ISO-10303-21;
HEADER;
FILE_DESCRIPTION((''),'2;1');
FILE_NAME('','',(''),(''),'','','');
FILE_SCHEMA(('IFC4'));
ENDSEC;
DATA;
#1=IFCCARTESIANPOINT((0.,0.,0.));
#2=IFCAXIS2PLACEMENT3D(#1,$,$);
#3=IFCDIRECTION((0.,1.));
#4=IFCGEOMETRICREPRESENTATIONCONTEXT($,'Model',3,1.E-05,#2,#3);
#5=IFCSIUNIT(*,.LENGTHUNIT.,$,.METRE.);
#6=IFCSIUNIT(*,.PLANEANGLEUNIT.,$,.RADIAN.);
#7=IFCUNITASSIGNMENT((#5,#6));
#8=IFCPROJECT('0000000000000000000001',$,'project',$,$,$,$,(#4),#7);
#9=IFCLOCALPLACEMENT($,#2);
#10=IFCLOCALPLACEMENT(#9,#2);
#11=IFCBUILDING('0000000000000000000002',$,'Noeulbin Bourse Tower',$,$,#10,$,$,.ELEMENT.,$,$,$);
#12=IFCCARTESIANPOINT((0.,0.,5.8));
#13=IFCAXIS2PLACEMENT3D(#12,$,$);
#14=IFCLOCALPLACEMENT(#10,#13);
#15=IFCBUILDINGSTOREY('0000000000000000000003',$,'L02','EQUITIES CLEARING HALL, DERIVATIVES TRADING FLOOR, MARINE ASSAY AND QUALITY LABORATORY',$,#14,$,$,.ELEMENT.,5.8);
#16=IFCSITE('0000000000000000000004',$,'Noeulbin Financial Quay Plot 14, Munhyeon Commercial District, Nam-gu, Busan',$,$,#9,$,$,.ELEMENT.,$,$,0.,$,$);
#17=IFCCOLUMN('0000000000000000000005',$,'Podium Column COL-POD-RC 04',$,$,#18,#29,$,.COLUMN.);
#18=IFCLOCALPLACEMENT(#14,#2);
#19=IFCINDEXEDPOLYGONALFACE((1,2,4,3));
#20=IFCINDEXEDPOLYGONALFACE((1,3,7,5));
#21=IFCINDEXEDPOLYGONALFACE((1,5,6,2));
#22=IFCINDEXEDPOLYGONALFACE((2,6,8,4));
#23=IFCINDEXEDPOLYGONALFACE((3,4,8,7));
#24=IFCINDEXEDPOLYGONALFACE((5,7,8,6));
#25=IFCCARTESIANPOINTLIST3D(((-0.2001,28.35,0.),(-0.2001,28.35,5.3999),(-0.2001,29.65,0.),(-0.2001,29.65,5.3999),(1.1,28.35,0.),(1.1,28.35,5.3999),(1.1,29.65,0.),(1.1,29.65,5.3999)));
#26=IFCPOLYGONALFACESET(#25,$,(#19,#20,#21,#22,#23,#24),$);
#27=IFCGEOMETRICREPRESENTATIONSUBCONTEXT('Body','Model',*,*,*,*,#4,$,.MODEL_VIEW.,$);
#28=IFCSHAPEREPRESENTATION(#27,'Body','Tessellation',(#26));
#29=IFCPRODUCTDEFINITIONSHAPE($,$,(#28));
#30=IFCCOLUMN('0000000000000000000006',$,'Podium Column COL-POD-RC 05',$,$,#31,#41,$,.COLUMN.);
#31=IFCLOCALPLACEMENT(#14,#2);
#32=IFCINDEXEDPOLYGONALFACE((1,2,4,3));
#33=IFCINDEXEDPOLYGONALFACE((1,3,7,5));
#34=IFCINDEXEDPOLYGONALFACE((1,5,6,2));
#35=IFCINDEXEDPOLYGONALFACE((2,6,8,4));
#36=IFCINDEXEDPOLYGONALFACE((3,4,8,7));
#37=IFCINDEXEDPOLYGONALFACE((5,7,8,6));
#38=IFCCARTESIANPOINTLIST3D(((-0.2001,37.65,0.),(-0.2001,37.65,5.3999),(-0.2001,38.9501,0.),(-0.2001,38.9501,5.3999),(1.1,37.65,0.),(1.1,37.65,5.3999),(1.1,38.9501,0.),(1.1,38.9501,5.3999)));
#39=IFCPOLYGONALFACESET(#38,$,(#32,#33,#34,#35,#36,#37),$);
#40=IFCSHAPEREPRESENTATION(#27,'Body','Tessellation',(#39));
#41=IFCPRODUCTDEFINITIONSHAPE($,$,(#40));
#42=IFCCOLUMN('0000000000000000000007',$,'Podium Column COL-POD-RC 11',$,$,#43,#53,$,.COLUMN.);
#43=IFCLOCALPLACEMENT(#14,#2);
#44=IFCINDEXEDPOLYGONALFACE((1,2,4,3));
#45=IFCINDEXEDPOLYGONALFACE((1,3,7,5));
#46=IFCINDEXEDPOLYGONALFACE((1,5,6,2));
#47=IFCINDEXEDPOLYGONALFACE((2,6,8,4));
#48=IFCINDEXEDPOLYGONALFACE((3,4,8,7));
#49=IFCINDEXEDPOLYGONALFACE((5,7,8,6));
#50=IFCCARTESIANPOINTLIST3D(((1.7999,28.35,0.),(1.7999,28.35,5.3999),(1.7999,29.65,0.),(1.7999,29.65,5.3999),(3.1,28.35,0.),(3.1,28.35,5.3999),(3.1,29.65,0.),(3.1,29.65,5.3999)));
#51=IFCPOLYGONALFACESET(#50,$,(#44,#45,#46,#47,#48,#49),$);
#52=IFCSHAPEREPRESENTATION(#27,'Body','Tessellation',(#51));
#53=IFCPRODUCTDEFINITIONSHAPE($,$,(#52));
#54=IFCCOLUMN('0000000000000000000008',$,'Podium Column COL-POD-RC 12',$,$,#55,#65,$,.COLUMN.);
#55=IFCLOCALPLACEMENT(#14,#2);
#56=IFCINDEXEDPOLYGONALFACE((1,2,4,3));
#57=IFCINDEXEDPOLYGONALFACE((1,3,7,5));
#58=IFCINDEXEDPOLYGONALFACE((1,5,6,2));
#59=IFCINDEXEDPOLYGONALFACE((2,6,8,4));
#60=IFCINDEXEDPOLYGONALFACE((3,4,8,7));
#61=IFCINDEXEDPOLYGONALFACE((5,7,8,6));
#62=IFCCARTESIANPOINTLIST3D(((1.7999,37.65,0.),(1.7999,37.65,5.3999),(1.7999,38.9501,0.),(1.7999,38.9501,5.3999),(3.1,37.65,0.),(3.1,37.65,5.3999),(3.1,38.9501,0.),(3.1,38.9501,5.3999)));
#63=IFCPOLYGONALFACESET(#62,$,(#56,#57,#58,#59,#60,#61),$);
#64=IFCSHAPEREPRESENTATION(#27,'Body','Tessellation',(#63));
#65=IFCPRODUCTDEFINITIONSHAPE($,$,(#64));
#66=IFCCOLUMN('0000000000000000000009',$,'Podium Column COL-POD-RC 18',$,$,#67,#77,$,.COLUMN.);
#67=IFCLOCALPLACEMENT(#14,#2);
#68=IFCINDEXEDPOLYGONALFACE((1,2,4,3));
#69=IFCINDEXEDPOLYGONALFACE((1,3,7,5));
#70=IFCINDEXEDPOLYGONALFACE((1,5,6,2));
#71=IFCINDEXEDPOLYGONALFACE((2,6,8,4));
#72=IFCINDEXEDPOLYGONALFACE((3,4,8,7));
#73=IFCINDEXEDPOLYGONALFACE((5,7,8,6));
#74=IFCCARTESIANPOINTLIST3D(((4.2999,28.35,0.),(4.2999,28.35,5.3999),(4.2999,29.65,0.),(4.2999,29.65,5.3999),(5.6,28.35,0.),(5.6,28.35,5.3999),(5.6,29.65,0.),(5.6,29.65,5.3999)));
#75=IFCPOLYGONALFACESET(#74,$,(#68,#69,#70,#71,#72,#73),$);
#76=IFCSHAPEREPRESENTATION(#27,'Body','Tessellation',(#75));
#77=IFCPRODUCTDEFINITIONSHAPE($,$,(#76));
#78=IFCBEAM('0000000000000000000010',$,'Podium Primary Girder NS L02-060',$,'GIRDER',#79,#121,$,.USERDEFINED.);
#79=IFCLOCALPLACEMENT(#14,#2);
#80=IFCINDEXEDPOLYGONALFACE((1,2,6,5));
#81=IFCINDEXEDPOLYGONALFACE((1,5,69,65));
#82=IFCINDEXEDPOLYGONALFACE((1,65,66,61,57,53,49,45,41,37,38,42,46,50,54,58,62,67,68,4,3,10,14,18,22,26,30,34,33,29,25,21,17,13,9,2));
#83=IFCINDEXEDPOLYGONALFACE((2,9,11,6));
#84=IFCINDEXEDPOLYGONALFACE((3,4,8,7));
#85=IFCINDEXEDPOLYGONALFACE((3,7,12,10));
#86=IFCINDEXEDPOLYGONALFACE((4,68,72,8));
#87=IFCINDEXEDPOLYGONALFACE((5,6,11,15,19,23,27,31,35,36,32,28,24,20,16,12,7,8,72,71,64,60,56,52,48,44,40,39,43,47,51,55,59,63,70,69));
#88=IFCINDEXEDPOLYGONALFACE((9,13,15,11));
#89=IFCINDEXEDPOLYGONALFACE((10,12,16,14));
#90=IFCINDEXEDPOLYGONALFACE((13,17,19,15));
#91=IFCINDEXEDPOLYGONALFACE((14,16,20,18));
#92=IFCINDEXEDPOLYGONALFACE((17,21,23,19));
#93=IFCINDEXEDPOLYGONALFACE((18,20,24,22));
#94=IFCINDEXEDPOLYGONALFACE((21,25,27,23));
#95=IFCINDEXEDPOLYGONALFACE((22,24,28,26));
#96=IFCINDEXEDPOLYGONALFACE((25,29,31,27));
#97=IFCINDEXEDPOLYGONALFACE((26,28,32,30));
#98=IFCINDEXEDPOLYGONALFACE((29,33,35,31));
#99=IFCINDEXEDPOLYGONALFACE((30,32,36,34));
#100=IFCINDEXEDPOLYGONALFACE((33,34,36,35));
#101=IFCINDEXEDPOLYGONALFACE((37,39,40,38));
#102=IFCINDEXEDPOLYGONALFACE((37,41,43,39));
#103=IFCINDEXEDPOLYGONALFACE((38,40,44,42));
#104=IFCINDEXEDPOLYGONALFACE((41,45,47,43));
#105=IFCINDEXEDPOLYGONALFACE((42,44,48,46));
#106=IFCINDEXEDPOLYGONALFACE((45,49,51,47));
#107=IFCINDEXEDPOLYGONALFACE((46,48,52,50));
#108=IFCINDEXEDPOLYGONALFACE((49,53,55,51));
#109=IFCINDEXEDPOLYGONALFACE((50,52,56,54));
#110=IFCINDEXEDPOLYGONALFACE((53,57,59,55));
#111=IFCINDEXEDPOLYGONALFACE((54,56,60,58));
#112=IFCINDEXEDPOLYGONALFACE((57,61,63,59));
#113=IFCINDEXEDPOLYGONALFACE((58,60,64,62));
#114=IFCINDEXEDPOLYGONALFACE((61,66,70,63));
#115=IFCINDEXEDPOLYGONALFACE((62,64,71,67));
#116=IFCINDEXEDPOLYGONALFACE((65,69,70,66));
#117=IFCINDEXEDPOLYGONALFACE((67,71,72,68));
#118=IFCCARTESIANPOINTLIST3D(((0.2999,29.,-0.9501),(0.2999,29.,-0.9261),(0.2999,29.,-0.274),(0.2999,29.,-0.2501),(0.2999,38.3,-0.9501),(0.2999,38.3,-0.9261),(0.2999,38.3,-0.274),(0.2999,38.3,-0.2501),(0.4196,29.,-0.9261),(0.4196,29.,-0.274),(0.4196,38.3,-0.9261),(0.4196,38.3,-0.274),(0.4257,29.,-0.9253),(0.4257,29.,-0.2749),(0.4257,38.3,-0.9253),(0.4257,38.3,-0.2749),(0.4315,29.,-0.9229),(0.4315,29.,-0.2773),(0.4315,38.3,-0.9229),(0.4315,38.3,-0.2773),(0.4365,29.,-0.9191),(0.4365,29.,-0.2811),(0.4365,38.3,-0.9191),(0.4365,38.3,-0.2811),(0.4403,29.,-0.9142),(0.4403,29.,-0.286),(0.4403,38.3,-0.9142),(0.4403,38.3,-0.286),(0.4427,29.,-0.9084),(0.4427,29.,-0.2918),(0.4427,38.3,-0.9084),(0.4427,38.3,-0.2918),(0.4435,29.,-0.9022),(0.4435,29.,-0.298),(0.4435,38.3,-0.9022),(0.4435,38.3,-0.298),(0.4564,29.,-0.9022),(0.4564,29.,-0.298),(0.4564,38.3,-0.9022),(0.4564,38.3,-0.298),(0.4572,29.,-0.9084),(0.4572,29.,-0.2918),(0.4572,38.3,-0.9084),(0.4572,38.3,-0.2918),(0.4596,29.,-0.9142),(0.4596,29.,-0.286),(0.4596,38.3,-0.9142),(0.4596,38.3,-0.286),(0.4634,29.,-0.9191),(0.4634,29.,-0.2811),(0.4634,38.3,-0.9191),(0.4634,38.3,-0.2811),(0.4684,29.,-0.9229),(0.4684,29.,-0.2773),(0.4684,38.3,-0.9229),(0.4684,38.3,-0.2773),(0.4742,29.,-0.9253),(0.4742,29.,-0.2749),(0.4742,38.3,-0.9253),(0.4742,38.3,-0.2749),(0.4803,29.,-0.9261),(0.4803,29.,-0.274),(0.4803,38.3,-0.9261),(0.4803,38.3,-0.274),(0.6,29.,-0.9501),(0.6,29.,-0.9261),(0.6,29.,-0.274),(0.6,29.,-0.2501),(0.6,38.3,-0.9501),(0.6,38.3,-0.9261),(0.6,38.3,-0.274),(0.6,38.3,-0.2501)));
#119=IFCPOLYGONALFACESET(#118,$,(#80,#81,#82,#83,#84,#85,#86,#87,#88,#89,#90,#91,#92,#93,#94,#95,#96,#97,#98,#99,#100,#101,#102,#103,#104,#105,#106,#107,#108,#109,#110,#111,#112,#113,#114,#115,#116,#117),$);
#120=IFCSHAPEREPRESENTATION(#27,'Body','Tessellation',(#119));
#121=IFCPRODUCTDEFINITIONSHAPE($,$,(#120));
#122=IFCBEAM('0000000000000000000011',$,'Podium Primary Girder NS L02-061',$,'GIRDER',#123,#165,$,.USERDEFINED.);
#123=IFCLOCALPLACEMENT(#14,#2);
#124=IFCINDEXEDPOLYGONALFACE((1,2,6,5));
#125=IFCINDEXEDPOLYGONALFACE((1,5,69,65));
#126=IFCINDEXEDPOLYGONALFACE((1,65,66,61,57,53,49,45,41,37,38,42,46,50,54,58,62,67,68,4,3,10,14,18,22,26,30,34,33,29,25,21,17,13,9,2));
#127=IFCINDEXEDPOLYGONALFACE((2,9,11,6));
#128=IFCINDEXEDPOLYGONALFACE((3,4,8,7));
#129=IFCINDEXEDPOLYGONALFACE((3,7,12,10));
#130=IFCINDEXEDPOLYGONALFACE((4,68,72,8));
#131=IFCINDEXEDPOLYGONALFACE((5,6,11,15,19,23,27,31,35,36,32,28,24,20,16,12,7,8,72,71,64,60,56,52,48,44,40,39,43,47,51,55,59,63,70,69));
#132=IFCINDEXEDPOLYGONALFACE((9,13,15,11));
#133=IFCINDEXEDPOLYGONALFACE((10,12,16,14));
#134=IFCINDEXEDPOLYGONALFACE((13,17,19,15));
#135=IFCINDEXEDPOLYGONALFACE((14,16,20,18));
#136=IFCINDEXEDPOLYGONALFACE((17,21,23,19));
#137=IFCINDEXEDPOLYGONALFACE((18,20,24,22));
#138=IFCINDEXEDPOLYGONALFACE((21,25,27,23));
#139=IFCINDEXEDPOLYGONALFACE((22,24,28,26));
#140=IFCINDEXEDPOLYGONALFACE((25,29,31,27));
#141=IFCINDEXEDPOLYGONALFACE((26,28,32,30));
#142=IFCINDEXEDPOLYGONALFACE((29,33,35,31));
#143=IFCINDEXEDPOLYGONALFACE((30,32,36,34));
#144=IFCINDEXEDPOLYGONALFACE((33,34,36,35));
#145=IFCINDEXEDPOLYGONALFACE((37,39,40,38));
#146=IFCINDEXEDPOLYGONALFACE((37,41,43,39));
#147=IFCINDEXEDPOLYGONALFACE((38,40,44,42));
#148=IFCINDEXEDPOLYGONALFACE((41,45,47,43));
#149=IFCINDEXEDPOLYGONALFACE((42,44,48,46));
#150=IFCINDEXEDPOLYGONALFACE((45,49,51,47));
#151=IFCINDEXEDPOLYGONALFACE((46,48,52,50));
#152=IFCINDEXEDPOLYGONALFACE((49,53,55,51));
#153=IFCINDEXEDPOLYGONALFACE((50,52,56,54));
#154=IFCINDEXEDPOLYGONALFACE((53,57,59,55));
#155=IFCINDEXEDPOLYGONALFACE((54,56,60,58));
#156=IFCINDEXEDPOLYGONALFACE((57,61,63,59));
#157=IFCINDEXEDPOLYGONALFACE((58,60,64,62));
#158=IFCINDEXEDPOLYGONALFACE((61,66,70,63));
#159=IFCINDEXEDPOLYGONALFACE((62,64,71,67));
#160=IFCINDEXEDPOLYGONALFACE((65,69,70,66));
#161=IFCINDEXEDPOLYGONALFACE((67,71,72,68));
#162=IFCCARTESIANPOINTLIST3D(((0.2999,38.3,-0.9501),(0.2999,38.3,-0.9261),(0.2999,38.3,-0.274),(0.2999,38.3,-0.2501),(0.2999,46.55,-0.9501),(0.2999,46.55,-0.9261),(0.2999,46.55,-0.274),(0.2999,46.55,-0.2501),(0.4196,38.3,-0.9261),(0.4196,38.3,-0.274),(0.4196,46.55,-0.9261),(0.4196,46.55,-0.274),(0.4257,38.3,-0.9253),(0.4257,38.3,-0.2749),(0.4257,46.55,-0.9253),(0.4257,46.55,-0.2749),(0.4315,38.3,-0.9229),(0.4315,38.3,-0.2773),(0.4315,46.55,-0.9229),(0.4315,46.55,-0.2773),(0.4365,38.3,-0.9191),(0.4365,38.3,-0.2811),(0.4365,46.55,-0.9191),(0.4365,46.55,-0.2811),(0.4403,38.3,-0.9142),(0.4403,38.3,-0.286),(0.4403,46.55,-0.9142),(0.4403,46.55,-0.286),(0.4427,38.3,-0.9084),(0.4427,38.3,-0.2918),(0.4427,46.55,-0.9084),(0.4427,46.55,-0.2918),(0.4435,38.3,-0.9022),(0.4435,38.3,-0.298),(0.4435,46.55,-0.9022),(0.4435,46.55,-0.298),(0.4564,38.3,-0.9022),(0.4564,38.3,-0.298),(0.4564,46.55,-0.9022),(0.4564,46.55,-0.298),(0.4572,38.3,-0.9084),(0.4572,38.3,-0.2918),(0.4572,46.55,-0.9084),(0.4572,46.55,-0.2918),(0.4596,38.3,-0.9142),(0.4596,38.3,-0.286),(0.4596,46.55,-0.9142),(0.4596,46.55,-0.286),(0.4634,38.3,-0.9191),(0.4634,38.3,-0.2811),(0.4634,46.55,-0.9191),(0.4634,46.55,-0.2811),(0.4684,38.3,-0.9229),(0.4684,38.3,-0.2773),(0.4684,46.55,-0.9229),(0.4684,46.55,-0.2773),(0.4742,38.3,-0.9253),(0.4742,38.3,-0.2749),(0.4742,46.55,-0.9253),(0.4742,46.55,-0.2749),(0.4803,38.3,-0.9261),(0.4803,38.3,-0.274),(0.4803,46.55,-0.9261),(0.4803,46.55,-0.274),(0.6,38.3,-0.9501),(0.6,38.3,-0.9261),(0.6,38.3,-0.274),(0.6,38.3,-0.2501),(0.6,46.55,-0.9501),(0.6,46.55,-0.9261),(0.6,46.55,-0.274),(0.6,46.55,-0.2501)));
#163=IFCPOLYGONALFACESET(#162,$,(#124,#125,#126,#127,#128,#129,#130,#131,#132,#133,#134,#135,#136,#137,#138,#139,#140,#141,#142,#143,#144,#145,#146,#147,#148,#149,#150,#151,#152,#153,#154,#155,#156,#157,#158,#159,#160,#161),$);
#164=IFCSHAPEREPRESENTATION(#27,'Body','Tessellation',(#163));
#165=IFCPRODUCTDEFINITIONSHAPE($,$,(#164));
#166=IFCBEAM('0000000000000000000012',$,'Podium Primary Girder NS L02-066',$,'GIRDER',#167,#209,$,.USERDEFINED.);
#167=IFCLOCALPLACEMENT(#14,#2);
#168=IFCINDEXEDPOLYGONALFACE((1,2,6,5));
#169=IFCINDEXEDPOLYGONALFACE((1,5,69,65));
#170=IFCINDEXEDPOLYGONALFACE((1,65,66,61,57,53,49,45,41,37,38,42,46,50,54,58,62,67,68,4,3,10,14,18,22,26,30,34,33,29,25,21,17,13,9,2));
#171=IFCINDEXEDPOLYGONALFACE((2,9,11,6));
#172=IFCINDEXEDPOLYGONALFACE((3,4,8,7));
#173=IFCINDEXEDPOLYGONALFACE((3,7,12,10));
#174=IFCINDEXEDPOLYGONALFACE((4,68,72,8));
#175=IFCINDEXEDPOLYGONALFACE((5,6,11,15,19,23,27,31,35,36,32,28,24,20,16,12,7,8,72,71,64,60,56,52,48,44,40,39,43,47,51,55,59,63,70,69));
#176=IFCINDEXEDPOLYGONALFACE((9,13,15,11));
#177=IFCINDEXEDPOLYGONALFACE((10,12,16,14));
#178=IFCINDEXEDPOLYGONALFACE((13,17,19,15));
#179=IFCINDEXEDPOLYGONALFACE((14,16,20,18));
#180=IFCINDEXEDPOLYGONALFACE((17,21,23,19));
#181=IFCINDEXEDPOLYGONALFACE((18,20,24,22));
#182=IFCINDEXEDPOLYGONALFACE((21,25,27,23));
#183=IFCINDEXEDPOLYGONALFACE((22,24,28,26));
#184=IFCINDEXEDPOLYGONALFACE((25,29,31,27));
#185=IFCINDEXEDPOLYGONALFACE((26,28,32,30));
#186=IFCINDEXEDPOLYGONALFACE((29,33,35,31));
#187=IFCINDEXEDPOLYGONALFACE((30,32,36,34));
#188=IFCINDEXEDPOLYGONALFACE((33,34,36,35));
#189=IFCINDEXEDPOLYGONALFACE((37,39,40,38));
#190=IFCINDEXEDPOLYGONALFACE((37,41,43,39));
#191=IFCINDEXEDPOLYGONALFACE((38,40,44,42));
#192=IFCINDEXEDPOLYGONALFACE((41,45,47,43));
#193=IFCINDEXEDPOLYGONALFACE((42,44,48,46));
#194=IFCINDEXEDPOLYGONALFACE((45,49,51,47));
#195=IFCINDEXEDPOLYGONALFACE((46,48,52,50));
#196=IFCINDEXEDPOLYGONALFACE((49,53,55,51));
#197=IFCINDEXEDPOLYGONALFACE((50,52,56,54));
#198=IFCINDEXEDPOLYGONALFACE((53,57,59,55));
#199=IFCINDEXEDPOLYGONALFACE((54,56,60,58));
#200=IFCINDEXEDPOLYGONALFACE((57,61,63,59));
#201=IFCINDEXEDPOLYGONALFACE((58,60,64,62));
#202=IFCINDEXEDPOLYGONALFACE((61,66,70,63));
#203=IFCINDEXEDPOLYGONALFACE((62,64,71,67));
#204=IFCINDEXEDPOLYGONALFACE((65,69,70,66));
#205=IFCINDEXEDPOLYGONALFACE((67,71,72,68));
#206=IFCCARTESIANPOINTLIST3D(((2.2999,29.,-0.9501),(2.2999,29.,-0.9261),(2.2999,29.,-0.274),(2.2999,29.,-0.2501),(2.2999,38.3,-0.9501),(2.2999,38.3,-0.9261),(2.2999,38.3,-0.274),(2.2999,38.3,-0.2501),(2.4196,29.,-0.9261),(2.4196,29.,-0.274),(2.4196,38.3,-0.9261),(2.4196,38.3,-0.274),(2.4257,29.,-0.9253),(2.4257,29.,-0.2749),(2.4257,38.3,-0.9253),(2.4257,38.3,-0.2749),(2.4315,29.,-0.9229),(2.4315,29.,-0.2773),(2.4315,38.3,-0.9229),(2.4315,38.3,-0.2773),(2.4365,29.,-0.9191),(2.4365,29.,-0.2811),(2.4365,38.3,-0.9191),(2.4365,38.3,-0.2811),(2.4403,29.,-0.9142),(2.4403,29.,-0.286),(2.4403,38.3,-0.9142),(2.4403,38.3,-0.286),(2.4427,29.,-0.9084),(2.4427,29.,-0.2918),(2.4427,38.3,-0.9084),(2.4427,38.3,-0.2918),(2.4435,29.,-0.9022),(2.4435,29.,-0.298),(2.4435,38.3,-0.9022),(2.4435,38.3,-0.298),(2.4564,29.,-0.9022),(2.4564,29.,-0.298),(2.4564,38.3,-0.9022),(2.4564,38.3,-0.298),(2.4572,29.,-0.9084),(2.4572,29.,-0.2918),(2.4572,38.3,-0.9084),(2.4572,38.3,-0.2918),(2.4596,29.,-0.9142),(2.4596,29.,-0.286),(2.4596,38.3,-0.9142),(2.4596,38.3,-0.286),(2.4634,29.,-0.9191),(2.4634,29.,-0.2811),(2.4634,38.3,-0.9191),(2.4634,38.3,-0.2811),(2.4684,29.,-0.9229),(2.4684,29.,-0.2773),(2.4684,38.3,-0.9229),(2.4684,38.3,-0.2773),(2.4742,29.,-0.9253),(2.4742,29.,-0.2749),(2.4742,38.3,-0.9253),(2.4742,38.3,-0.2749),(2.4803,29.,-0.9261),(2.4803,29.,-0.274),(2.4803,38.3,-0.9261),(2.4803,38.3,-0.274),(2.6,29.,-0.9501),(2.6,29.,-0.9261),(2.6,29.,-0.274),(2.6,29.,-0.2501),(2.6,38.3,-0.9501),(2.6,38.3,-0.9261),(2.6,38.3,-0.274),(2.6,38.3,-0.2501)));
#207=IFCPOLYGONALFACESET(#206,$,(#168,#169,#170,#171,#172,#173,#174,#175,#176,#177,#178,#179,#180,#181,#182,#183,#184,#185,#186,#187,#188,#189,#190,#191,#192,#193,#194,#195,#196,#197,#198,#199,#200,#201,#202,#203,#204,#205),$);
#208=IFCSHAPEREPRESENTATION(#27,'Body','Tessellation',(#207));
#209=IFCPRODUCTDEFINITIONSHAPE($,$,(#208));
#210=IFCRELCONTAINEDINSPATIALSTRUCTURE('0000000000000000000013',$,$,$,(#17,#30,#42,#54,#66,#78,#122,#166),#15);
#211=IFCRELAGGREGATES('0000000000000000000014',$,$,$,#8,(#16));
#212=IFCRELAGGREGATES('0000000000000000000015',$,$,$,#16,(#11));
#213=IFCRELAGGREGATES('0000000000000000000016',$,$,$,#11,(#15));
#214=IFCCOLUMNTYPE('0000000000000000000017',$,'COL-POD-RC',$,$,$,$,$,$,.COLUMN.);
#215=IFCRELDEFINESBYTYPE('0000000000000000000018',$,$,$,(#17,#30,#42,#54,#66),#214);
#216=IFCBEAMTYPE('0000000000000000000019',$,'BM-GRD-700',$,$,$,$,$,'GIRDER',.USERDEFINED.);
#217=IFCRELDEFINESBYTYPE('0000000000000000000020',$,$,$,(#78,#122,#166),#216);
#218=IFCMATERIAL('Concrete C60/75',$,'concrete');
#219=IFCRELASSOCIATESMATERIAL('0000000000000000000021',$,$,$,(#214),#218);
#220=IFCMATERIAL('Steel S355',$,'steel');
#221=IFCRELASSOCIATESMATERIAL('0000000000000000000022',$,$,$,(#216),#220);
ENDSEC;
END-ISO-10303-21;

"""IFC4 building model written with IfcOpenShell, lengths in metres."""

from ifc_helpers import new_model, si_unit, direction, frame, origin, origin_2d, place, context, subcontext, project, spatial, rectangle, i_section, extrude, material, material_profile, profile_set, type_object, element, save


model = new_model("IFC4")

# Units and contexts
model_context = context("Model", 3, precision=1e-05, world=origin(), true_north=direction((0.0, 1.0)))
body_context = subcontext(model_context, "Body", "Model", "MODEL_VIEW")
ifc_project = project(units=[si_unit("LENGTHUNIT", "METRE"), si_unit("PLANEANGLEUNIT", "RADIAN")], contexts=[model_context])

# Site, building, storey
site_placement = place(None, origin())
site = spatial("IfcSite", under=ifc_project, at=site_placement, Name="Noeulbin Financial Quay Plot 14, Munhyeon Commercial District, Nam-gu, Busan", CompositionType="ELEMENT", RefElevation=0.0)
building_placement = place(site_placement, origin())
building = spatial("IfcBuilding", under=site, at=building_placement, Name="Noeulbin Bourse Tower", CompositionType="ELEMENT")
storey_placement = place(building_placement, frame((0.0, 0.0, 5.8)))
storey = spatial("IfcBuildingStorey", under=building, at=storey_placement, Name="L02", Description="EQUITIES CLEARING HALL, DERIVATIVES TRADING FLOOR, MARINE ASSAY AND QUALITY LABORATORY", CompositionType="ELEMENT", Elevation=5.8)

# Columns
ifc_material_1 = material(Name="Concrete C60/75", Category="concrete")
ifc_material_profile_1 = material_profile(ifc_material_1, rectangle(XDim=1.3, YDim=1.3, at=origin_2d()), Name="RC-COL-1300x1300", Category="LoadBearing")
ifc_profile_set_1 = profile_set([ifc_material_profile_1], Name="Concrete C60/75")
column_type = type_object("IfcColumnType", Name="COL-POD-RC", PredefinedType="COLUMN", material=ifc_profile_set_1)
for number, where, z_axis, x_axis, name in (
    (1, (0.45, 29.0, 0.0), (0.0, 0.0, 1.0), (1.0, 0.0, 0.0), "Podium Column COL-POD-RC 04"),
    (2, (0.45, 38.3, 0.0), (0.0, 0.0, 1.0), (1.0, 0.0, 0.0), "Podium Column COL-POD-RC 05"),
    (3, (2.45, 29.0, 0.0), (0.0, 0.0, 1.0), (1.0, 0.0, 0.0), "Podium Column COL-POD-RC 11"),
    (4, (2.45, 38.3, 0.0), (0.0, 0.0, 1.0), (1.0, 0.0, 0.0), "Podium Column COL-POD-RC 12"),
    (5, (4.95, 29.0, 0.0), (0.0, 0.0, 1.0), (1.0, 0.0, 0.0), "Podium Column COL-POD-RC 18"),
):
    element("IfcColumn", number, at=place(storey_placement, frame(where, z_axis=z_axis, x_axis=x_axis)), inside=storey, type_object=column_type, Name=name, PredefinedType="COLUMN", context=body_context, shape_type="SweptSolid", body=[
        extrude(rectangle(XDim=1.3, YDim=1.3, at=origin_2d()), origin(), (0.0, 0.0, 1.0), 5.3999),
    ])

# Beams
ifc_material_2 = material(Name="Steel S355", Category="steel")
ifc_material_profile_2 = material_profile(ifc_material_2, i_section(OverallWidth=0.3, OverallDepth=0.7, WebThickness=0.0129, FlangeThickness=0.0239, FilletRadius=0.0239, at=origin_2d()), Name="H-700x300x13x24", Category="LoadBearing")
ifc_profile_set_2 = profile_set([ifc_material_profile_2], Name="Steel S355")
beam_type_1 = type_object("IfcBeamType", Name="BM-GRD-700", ElementType="GIRDER", PredefinedType="USERDEFINED", material=ifc_profile_set_2)
beam_1_placement = place(storey_placement, frame((0.45, 29.0, -0.6001), z_axis=(0.0, 1.0, 0.0), x_axis=(-1.0, 0.0, 0.0)))
element("IfcBeam", 6, at=beam_1_placement, inside=storey, type_object=beam_type_1, Name="Podium Primary Girder NS L02-060", ObjectType="GIRDER", PredefinedType="USERDEFINED", context=body_context, shape_type="SweptSolid", body=[
    extrude(i_section(OverallWidth=0.3, OverallDepth=0.7, WebThickness=0.0129, FlangeThickness=0.0239, FilletRadius=0.0239, at=origin_2d()), origin(), (0.0, 0.0, 1.0), 9.3),
])
beam_2_placement = place(storey_placement, frame((0.45, 38.3, -0.6001), z_axis=(0.0, 1.0, 0.0), x_axis=(-1.0, 0.0, 0.0)))
element("IfcBeam", 7, at=beam_2_placement, inside=storey, type_object=beam_type_1, Name="Podium Primary Girder NS L02-061", ObjectType="GIRDER", PredefinedType="USERDEFINED", context=body_context, shape_type="SweptSolid", body=[
    extrude(i_section(OverallWidth=0.3, OverallDepth=0.7, WebThickness=0.0129, FlangeThickness=0.0239, FilletRadius=0.0239, at=origin_2d()), origin(), (0.0, 0.0, 1.0), 8.25),
])
beam_3_placement = place(storey_placement, frame((2.45, 29.0, -0.6001), z_axis=(0.0, 1.0, 0.0), x_axis=(-1.0, 0.0, 0.0)))
element("IfcBeam", 8, at=beam_3_placement, inside=storey, type_object=beam_type_1, Name="Podium Primary Girder NS L02-066", ObjectType="GIRDER", PredefinedType="USERDEFINED", context=body_context, shape_type="SweptSolid", body=[
    extrude(i_section(OverallWidth=0.3, OverallDepth=0.7, WebThickness=0.0129, FlangeThickness=0.0239, FilletRadius=0.0239, at=origin_2d()), origin(), (0.0, 0.0, 1.0), 9.3),
])

save(model, "model.ifc")
